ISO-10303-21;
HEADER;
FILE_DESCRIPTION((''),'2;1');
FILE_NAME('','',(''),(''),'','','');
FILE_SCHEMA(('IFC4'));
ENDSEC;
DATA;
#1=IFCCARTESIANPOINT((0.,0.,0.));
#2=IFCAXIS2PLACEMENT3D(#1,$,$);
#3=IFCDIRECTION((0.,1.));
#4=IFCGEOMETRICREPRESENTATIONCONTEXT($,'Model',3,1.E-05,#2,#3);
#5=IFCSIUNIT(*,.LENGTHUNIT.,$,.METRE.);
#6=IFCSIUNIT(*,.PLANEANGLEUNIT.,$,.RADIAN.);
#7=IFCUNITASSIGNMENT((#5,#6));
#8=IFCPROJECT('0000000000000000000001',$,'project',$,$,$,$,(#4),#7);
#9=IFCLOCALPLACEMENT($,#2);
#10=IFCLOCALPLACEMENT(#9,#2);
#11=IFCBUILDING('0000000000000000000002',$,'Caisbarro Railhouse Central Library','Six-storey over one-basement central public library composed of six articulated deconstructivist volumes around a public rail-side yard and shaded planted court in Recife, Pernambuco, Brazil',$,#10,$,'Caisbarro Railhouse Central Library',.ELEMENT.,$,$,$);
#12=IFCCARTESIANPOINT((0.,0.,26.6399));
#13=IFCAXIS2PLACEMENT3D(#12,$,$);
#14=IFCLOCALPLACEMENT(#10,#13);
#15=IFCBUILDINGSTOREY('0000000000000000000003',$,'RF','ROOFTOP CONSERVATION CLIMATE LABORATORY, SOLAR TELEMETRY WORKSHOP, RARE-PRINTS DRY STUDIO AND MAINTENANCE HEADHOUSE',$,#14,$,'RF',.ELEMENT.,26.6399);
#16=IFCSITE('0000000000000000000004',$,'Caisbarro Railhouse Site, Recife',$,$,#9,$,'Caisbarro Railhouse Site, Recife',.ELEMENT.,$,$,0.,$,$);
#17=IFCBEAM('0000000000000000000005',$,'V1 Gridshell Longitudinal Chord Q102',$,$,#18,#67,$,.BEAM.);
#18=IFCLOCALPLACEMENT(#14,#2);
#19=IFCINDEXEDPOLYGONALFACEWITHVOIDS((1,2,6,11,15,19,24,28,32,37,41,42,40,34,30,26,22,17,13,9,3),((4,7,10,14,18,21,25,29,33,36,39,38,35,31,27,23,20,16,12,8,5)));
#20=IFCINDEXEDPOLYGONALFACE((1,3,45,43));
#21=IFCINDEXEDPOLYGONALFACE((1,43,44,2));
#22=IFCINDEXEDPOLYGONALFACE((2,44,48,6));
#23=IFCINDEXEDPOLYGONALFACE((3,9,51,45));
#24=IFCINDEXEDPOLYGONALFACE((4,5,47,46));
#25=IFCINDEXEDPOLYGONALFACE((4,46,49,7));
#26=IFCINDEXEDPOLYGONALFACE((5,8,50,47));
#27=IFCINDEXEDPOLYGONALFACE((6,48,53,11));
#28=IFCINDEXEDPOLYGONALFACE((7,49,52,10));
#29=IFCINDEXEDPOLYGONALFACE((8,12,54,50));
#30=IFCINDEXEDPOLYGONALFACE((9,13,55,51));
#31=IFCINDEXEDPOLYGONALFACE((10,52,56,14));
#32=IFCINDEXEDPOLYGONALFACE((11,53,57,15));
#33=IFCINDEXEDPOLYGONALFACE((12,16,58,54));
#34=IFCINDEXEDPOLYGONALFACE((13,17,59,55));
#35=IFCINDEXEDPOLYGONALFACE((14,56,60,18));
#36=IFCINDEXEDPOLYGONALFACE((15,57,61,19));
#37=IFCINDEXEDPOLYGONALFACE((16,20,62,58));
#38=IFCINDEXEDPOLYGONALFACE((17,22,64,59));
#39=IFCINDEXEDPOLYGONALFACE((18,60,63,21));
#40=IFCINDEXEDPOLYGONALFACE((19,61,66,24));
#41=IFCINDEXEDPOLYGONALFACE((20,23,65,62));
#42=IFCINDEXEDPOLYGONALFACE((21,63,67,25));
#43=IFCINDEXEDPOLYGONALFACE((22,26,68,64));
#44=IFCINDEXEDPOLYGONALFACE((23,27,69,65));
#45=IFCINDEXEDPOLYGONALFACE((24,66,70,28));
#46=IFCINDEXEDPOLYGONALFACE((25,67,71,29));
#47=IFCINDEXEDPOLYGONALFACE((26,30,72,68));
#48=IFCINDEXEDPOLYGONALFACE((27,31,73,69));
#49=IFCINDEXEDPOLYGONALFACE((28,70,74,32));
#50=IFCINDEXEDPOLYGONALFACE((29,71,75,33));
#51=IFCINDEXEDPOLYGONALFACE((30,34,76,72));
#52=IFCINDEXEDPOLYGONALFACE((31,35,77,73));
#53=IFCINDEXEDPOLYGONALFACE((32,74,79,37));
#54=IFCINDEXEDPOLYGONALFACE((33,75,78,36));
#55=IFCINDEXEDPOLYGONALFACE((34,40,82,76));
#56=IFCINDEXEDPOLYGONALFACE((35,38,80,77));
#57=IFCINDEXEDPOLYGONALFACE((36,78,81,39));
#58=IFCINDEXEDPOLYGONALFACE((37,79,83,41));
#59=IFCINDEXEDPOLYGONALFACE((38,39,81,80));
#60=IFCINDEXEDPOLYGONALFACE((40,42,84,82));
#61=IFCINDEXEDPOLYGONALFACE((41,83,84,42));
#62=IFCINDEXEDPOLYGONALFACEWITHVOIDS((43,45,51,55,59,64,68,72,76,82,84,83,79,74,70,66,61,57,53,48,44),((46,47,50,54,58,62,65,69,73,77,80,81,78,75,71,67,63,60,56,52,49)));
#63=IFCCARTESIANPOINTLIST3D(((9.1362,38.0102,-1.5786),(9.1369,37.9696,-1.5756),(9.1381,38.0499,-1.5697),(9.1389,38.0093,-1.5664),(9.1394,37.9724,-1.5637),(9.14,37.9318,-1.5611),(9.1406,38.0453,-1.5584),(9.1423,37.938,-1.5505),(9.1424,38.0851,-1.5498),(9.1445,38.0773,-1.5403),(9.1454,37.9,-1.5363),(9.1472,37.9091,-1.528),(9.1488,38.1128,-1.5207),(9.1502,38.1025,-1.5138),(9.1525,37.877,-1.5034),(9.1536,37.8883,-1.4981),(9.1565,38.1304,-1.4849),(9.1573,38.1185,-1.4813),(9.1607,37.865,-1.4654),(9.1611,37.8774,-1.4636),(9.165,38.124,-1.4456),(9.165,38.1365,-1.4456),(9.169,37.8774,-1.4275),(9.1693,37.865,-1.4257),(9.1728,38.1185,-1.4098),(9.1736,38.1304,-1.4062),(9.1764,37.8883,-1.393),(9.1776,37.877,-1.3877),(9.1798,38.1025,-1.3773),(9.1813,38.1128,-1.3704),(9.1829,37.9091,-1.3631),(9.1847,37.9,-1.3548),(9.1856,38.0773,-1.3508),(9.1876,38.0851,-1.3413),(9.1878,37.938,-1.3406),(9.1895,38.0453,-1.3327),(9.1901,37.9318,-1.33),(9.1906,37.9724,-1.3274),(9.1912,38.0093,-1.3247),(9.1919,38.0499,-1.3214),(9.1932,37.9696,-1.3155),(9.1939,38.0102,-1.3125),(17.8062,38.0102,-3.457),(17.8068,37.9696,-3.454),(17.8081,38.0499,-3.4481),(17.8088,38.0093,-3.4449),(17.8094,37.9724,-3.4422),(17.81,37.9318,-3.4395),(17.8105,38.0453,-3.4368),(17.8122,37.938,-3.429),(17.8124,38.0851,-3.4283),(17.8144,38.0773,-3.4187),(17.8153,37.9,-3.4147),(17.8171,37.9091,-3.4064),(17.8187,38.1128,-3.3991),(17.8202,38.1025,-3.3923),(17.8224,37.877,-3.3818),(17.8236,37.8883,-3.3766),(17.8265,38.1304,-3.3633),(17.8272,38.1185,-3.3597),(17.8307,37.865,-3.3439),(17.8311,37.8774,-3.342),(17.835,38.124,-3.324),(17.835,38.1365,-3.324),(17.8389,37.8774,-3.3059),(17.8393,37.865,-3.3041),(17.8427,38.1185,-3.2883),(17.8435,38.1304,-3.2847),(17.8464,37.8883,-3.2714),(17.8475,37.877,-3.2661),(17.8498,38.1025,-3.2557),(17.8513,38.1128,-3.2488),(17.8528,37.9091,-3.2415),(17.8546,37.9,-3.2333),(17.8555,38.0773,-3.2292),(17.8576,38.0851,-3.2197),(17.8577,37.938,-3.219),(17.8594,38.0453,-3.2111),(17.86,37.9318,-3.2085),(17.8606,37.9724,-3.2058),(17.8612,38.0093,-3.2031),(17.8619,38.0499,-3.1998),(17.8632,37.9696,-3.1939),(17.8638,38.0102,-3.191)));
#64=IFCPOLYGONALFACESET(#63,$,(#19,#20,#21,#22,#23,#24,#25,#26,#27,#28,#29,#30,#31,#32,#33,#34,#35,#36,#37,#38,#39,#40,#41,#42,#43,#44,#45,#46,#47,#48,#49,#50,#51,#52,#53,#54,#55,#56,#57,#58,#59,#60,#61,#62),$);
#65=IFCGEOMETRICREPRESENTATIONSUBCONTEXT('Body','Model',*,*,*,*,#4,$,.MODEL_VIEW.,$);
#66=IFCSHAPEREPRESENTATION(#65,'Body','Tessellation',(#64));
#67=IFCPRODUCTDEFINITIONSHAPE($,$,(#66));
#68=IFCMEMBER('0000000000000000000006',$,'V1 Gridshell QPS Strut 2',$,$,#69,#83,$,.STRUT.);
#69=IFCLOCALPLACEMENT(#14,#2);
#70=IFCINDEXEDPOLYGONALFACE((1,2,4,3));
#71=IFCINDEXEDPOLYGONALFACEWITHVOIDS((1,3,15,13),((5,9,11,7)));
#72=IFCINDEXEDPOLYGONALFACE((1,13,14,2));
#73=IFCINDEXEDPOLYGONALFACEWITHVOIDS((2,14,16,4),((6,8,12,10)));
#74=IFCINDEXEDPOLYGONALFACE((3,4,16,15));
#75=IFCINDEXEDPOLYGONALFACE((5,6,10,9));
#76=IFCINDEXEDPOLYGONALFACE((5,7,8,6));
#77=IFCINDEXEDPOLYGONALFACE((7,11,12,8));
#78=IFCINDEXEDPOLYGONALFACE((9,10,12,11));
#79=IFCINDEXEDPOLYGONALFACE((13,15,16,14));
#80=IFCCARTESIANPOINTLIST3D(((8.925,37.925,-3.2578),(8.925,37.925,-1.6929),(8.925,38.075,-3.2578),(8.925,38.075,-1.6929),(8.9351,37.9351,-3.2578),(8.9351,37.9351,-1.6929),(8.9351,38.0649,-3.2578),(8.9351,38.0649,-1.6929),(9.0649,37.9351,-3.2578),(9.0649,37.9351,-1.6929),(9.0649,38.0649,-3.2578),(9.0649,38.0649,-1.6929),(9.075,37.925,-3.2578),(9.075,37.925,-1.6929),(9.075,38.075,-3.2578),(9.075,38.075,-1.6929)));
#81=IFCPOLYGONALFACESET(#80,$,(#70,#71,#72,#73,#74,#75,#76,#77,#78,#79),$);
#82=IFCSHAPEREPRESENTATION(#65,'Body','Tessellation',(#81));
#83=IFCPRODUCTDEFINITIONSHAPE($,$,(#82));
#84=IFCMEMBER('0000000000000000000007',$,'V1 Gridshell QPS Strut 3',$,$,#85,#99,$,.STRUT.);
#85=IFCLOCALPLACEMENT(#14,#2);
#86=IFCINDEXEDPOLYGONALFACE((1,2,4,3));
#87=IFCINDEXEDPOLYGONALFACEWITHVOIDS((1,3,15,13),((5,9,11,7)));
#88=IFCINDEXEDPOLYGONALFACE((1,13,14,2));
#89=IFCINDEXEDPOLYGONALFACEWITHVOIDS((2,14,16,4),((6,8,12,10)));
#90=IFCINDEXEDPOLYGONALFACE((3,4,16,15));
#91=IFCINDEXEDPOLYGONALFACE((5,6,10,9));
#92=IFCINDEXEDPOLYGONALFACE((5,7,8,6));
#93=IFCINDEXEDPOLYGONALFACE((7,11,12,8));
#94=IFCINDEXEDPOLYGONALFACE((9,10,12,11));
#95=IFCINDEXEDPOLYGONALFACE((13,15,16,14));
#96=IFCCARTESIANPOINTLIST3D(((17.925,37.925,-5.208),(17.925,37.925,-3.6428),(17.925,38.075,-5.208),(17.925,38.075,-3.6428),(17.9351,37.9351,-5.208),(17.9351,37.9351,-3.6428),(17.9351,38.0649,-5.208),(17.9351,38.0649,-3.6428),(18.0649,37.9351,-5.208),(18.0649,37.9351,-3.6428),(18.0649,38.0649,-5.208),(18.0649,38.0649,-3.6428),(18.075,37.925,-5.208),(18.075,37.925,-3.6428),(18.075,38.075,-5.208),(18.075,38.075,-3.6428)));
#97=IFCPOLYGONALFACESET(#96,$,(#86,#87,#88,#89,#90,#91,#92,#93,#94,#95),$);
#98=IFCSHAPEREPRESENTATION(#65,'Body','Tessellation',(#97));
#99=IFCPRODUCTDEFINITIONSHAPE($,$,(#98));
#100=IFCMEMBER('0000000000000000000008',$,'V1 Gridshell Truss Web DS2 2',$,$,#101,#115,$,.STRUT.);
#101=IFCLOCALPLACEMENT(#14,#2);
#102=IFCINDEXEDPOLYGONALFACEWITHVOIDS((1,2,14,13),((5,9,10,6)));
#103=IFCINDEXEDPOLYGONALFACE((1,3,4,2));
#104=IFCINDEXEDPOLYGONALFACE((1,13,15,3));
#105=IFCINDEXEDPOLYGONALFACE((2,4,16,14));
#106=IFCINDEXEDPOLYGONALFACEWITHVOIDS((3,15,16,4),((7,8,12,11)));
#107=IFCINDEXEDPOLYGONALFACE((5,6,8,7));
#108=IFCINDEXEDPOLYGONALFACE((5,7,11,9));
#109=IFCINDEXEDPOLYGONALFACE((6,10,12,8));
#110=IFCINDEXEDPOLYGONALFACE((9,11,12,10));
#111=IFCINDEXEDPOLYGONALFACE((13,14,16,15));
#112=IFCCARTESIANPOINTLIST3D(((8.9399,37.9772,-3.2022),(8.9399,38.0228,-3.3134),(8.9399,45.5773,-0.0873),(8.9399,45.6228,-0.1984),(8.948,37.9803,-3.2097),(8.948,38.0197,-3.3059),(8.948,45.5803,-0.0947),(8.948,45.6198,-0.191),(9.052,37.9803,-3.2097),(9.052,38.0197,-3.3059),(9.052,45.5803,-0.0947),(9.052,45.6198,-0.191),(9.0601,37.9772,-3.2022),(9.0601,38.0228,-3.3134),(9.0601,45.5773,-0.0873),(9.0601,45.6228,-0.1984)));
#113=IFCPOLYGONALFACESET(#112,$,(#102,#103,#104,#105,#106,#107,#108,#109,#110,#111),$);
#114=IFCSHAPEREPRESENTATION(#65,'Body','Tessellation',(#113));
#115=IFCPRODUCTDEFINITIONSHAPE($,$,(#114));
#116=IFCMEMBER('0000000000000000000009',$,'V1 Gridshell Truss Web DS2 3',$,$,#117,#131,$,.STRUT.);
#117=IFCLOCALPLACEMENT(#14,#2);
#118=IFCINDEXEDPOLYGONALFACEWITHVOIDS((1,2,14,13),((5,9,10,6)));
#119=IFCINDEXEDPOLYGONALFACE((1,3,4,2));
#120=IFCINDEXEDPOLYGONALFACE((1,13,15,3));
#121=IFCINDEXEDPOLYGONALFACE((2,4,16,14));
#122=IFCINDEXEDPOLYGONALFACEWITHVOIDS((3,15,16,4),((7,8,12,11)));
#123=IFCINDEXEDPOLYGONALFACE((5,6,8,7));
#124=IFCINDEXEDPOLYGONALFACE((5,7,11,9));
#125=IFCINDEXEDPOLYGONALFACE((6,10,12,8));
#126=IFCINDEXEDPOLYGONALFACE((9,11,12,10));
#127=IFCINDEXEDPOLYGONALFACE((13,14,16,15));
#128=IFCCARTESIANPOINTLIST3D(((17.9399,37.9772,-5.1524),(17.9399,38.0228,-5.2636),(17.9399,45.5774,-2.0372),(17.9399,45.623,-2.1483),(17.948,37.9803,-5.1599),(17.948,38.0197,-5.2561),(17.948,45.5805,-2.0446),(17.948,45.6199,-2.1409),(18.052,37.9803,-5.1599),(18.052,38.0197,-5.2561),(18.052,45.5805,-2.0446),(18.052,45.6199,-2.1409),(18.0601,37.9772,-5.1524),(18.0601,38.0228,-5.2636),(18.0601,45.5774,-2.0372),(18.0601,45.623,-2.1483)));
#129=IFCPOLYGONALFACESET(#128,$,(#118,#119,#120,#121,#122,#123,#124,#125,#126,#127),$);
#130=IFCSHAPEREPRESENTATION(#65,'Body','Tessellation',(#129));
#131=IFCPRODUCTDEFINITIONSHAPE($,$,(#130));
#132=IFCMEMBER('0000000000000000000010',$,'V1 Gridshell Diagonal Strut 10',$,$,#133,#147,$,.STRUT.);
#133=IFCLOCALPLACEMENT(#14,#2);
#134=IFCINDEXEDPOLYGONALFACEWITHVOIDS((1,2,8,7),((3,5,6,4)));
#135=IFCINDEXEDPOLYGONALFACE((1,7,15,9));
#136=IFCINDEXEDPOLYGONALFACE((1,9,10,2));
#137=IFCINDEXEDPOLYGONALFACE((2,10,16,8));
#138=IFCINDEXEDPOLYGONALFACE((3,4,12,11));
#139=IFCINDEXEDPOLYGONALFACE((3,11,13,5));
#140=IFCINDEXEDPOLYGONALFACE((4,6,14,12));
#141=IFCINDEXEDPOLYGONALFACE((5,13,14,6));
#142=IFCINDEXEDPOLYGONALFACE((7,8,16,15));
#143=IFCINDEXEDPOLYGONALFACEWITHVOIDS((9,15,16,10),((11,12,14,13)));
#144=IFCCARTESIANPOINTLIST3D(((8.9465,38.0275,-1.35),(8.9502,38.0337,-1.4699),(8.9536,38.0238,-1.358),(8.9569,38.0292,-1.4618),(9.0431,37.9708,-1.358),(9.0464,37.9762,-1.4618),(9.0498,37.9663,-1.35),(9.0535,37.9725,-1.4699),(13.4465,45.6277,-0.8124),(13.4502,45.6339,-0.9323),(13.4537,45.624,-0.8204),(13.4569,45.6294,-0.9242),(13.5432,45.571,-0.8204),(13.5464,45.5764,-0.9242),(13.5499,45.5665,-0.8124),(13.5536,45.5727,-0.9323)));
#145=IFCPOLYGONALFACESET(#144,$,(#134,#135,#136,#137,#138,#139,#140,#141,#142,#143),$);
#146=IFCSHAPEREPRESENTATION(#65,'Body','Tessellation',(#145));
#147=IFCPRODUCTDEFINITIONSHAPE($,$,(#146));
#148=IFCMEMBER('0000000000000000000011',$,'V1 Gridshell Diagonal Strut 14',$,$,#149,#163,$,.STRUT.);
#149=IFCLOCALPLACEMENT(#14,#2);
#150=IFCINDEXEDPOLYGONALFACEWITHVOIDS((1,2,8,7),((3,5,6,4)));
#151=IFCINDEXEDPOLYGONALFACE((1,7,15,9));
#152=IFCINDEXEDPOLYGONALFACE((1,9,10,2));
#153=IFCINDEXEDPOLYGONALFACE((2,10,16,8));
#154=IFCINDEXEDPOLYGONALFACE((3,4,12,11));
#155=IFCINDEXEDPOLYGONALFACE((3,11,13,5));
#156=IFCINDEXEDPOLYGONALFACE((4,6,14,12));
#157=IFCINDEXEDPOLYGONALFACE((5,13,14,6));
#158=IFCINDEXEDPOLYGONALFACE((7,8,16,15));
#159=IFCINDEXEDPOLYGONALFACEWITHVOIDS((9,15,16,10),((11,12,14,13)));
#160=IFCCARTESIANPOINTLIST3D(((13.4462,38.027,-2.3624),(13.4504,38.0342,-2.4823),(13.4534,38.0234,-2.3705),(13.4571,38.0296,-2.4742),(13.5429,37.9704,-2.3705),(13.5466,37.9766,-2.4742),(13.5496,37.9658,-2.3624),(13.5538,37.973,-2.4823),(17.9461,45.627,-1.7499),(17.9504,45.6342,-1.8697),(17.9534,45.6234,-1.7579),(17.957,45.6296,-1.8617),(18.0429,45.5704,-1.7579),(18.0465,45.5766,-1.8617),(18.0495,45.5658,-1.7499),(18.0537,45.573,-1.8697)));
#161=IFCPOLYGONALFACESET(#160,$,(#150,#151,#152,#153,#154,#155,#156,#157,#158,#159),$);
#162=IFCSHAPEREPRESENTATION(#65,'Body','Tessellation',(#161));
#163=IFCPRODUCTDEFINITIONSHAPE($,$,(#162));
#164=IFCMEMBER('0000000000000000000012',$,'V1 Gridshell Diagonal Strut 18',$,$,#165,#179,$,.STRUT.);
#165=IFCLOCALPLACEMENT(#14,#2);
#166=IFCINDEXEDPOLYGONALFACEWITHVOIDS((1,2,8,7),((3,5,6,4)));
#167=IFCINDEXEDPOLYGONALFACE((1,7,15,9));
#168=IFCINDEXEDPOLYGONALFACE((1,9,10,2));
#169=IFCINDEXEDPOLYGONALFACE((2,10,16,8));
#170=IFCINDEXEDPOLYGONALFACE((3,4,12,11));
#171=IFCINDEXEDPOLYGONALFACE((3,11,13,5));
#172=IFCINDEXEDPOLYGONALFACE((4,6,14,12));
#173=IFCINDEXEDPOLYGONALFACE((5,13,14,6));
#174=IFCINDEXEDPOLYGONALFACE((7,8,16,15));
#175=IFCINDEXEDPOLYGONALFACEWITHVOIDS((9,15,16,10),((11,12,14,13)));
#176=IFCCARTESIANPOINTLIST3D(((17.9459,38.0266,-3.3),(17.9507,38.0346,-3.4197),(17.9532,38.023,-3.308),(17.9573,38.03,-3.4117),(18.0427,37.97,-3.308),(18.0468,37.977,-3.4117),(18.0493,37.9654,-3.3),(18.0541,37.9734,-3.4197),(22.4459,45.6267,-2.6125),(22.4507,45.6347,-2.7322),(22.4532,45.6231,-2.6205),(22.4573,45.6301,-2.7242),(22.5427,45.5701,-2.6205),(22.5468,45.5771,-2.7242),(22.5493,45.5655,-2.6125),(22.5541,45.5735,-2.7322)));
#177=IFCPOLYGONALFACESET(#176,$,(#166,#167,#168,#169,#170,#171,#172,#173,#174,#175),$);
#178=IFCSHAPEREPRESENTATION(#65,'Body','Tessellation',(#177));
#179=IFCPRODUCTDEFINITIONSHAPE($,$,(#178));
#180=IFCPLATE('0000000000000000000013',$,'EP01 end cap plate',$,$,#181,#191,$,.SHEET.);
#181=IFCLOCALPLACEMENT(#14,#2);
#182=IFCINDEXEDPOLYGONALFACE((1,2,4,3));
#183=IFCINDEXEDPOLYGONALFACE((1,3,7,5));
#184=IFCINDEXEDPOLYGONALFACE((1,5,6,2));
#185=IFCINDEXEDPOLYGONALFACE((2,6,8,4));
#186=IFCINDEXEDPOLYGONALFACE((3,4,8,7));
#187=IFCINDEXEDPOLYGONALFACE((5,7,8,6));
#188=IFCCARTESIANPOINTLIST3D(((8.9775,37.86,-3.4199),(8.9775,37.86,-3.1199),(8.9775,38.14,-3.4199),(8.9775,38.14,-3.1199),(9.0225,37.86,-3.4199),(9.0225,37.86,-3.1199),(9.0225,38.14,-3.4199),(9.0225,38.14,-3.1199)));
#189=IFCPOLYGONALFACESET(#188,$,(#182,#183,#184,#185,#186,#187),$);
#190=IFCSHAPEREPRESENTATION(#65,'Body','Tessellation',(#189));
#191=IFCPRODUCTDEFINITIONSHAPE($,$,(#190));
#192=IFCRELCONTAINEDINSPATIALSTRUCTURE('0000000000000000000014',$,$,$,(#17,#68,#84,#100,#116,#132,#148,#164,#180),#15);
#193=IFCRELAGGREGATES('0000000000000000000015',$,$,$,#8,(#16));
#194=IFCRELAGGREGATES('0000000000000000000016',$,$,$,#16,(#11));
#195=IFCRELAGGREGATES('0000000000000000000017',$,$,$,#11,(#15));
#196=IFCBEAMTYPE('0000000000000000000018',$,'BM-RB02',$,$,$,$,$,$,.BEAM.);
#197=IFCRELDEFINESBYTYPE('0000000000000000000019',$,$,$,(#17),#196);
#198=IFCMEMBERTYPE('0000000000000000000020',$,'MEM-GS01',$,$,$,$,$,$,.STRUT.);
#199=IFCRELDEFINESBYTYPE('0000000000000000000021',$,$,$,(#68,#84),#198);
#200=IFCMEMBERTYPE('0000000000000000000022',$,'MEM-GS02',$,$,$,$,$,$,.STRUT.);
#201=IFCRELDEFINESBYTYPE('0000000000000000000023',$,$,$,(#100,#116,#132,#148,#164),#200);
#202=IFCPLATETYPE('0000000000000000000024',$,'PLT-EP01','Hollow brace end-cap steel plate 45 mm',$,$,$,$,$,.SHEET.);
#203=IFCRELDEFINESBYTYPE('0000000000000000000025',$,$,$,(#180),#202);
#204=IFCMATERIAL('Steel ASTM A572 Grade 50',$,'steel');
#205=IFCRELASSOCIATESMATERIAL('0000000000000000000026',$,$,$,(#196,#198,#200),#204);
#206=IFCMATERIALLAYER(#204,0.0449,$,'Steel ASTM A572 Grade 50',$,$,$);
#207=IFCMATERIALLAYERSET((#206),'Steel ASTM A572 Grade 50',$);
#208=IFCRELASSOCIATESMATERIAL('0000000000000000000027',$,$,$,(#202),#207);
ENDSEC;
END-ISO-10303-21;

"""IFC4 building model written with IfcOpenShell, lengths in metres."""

from ifc_helpers import new_model, si_unit, direction, frame, origin, origin_2d, place, context, subcontext, project, spatial, rectangle, hollow_rectangle, hollow_circle, extrude, material, layer, layer_set, material_profile, profile_set, type_object, element, save


model = new_model("IFC4")

# Units and contexts
model_context = context("Model", 3, precision=1e-05, world=origin(), true_north=direction((0.0, 1.0)))
body_context = subcontext(model_context, "Body", "Model", "MODEL_VIEW")
ifc_project = project(units=[si_unit("LENGTHUNIT", "METRE"), si_unit("PLANEANGLEUNIT", "RADIAN")], contexts=[model_context])

# Site, building, storey
site_placement = place(None, origin())
site = spatial("IfcSite", under=ifc_project, at=site_placement, Name="Caisbarro Railhouse Site, Recife", LongName="Caisbarro Railhouse Site, Recife", CompositionType="ELEMENT", RefElevation=0.0)
building_placement = place(site_placement, origin())
building = spatial("IfcBuilding", under=site, at=building_placement, Name="Caisbarro Railhouse Central Library", Description="Six-storey over one-basement central public library composed of six articulated deconstructivist volumes around a public rail-side yard and shaded planted court in Recife, Pernambuco, Brazil", LongName="Caisbarro Railhouse Central Library", CompositionType="ELEMENT")
storey_placement = place(building_placement, frame((0.0, 0.0, 26.6399)))
storey = spatial("IfcBuildingStorey", under=building, at=storey_placement, Name="RF", Description="ROOFTOP CONSERVATION CLIMATE LABORATORY, SOLAR TELEMETRY WORKSHOP, RARE-PRINTS DRY STUDIO AND MAINTENANCE HEADHOUSE", LongName="RF", CompositionType="ELEMENT", Elevation=26.6399)

# Beam
ifc_material = material(Name="Steel ASTM A572 Grade 50", Category="steel")
ifc_material_profile_1 = material_profile(ifc_material, hollow_circle(Radius=0.1365, WallThickness=0.0125, at=origin_2d()), Name="CHS273.0X12.5")
ifc_profile_set_1 = profile_set([ifc_material_profile_1], Name="Steel ASTM A572 Grade 50")
beam_type = type_object("IfcBeamType", Name="BM-RB02", PredefinedType="BEAM", material=ifc_profile_set_1)
beam_placement = place(storey_placement, frame((9.165, 38.0, -1.4456), z_axis=(0.977325, 0.0, -0.211746), x_axis=(0.0, 1.0, 0.0)))
element("IfcBeam", 1, at=beam_placement, inside=storey, type_object=beam_type, Name="V1 Gridshell Longitudinal Chord Q102", PredefinedType="BEAM", context=body_context, shape_type="SweptSolid", body=[
    extrude(hollow_circle(Radius=0.1365, WallThickness=0.0125, at=origin_2d()), origin(), (0.0, 0.0, 1.0), 8.8711),
])

# Members
ifc_material_profile_2 = material_profile(ifc_material, hollow_rectangle(XDim=0.1499, YDim=0.1499, WallThickness=0.01, at=origin_2d()), Name="HSS150X150X10")
ifc_profile_set_2 = profile_set([ifc_material_profile_2], Name="Steel ASTM A572 Grade 50")
member_type_1 = type_object("IfcMemberType", Name="MEM-GS01", PredefinedType="STRUT", material=ifc_profile_set_2)
member_1_placement = place(storey_placement, frame((9.0, 38.0, -3.2578), z_axis=(0.0, 0.0, 1.0), x_axis=(1.0, 0.0, 0.0)))
element("IfcMember", 2, at=member_1_placement, inside=storey, type_object=member_type_1, Name="V1 Gridshell QPS Strut 2", PredefinedType="STRUT", context=body_context, shape_type="SweptSolid", body=[
    extrude(hollow_rectangle(XDim=0.1499, YDim=0.1499, WallThickness=0.01, at=origin_2d()), origin(), (0.0, 0.0, 1.0), 1.5649),
])
member_2_placement = place(storey_placement, frame((18.0, 38.0, -5.208), z_axis=(0.0, 0.0, 1.0), x_axis=(1.0, 0.0, 0.0)))
element("IfcMember", 3, at=member_2_placement, inside=storey, type_object=member_type_1, Name="V1 Gridshell QPS Strut 3", PredefinedType="STRUT", context=body_context, shape_type="SweptSolid", body=[
    extrude(hollow_rectangle(XDim=0.1499, YDim=0.1499, WallThickness=0.01, at=origin_2d()), origin(), (0.0, 0.0, 1.0), 1.5652),
])
ifc_material_profile_3 = material_profile(ifc_material, hollow_rectangle(XDim=0.1201, YDim=0.1201, WallThickness=0.0081, at=origin_2d()), Name="HSS120X120X8")
ifc_profile_set_3 = profile_set([ifc_material_profile_3], Name="Steel ASTM A572 Grade 50")
member_type_2 = type_object("IfcMemberType", Name="MEM-GS02", PredefinedType="STRUT", material=ifc_profile_set_3)
member_3_placement = place(storey_placement, frame((9.0, 38.0, -3.2578), z_axis=(0.0, 0.925297, 0.379244), x_axis=(-1.0, 0.0, 0.0)))
element("IfcMember", 4, at=member_3_placement, inside=storey, type_object=member_type_2, Name="V1 Gridshell Truss Web DS2 2", PredefinedType="STRUT", context=body_context, shape_type="SweptSolid", body=[
    extrude(hollow_rectangle(XDim=0.1201, YDim=0.1201, WallThickness=0.0081, at=origin_2d()), origin(), (0.0, 0.0, 1.0), 8.2136),
])
member_4_placement = place(storey_placement, frame((18.0, 38.0, -5.208), z_axis=(0.0, 0.925286, 0.379269), x_axis=(-1.0, 0.0, 0.0)))
element("IfcMember", 5, at=member_4_placement, inside=storey, type_object=member_type_2, Name="V1 Gridshell Truss Web DS2 3", PredefinedType="STRUT", context=body_context, shape_type="SweptSolid", body=[
    extrude(hollow_rectangle(XDim=0.1201, YDim=0.1201, WallThickness=0.0081, at=origin_2d()), origin(), (0.0, 0.0, 1.0), 8.2139),
])
member_5_placement = place(storey_placement, frame((9.0, 38.0, -1.4099), z_axis=(0.508546, 0.858889, 0.060754), x_axis=(-0.860478, 0.509487, 0.0)))
element("IfcMember", 6, at=member_5_placement, inside=storey, type_object=member_type_2, Name="V1 Gridshell Diagonal Strut 10", PredefinedType="STRUT", context=body_context, shape_type="SweptSolid", body=[
    extrude(hollow_rectangle(XDim=0.1201, YDim=0.1201, WallThickness=0.0081, at=origin_2d()), origin(), (0.0, 0.0, 1.0), 8.8489),
])
member_6_placement = place(storey_placement, frame((13.5, 38.0, -2.4224), z_axis=(0.508266, 0.858416, 0.069186), x_axis=(-0.860478, 0.509487, 0.0)))
element("IfcMember", 7, at=member_6_placement, inside=storey, type_object=member_type_2, Name="V1 Gridshell Diagonal Strut 14", PredefinedType="STRUT", context=body_context, shape_type="SweptSolid", body=[
    extrude(hollow_rectangle(XDim=0.1201, YDim=0.1201, WallThickness=0.0081, at=origin_2d()), origin(), (0.0, 0.0, 1.0), 8.8535),
])
member_7_placement = place(storey_placement, frame((18.0, 38.0, -3.3599), z_axis=(0.507951, 0.857883, 0.077604), x_axis=(-0.860478, 0.509487, 0.0)))
element("IfcMember", 8, at=member_7_placement, inside=storey, type_object=member_type_2, Name="V1 Gridshell Diagonal Strut 18", PredefinedType="STRUT", context=body_context, shape_type="SweptSolid", body=[
    extrude(hollow_rectangle(XDim=0.1201, YDim=0.1201, WallThickness=0.0081, at=origin_2d()), origin(), (0.0, 0.0, 1.0), 8.8591),
])

# Plate
ifc_layer = layer(ifc_material, 0.0449, Name="Steel ASTM A572 Grade 50")
ifc_layer_set = layer_set([ifc_layer], Name="Steel ASTM A572 Grade 50")
plate_type = type_object("IfcPlateType", Name="PLT-EP01", Description="Hollow brace end-cap steel plate 45 mm", PredefinedType="SHEET", material=ifc_layer_set)
for number, where, z_axis, x_axis, name in (
    (9, (9.0, 38.0, -3.4199), (0.0, 0.0, 1.0), (1.0, 0.0, 0.0), "EP01 end cap plate"),
):
    element("IfcPlate", number, at=place(storey_placement, frame(where, z_axis=z_axis, x_axis=x_axis)), inside=storey, type_object=plate_type, Name=name, PredefinedType="SHEET", context=body_context, shape_type="SweptSolid", body=[
        extrude(rectangle(XDim=0.0449, YDim=0.28, at=origin_2d()), origin(), (0.0, 0.0, 1.0), 0.3),
    ])

save(model, "model.ifc")
